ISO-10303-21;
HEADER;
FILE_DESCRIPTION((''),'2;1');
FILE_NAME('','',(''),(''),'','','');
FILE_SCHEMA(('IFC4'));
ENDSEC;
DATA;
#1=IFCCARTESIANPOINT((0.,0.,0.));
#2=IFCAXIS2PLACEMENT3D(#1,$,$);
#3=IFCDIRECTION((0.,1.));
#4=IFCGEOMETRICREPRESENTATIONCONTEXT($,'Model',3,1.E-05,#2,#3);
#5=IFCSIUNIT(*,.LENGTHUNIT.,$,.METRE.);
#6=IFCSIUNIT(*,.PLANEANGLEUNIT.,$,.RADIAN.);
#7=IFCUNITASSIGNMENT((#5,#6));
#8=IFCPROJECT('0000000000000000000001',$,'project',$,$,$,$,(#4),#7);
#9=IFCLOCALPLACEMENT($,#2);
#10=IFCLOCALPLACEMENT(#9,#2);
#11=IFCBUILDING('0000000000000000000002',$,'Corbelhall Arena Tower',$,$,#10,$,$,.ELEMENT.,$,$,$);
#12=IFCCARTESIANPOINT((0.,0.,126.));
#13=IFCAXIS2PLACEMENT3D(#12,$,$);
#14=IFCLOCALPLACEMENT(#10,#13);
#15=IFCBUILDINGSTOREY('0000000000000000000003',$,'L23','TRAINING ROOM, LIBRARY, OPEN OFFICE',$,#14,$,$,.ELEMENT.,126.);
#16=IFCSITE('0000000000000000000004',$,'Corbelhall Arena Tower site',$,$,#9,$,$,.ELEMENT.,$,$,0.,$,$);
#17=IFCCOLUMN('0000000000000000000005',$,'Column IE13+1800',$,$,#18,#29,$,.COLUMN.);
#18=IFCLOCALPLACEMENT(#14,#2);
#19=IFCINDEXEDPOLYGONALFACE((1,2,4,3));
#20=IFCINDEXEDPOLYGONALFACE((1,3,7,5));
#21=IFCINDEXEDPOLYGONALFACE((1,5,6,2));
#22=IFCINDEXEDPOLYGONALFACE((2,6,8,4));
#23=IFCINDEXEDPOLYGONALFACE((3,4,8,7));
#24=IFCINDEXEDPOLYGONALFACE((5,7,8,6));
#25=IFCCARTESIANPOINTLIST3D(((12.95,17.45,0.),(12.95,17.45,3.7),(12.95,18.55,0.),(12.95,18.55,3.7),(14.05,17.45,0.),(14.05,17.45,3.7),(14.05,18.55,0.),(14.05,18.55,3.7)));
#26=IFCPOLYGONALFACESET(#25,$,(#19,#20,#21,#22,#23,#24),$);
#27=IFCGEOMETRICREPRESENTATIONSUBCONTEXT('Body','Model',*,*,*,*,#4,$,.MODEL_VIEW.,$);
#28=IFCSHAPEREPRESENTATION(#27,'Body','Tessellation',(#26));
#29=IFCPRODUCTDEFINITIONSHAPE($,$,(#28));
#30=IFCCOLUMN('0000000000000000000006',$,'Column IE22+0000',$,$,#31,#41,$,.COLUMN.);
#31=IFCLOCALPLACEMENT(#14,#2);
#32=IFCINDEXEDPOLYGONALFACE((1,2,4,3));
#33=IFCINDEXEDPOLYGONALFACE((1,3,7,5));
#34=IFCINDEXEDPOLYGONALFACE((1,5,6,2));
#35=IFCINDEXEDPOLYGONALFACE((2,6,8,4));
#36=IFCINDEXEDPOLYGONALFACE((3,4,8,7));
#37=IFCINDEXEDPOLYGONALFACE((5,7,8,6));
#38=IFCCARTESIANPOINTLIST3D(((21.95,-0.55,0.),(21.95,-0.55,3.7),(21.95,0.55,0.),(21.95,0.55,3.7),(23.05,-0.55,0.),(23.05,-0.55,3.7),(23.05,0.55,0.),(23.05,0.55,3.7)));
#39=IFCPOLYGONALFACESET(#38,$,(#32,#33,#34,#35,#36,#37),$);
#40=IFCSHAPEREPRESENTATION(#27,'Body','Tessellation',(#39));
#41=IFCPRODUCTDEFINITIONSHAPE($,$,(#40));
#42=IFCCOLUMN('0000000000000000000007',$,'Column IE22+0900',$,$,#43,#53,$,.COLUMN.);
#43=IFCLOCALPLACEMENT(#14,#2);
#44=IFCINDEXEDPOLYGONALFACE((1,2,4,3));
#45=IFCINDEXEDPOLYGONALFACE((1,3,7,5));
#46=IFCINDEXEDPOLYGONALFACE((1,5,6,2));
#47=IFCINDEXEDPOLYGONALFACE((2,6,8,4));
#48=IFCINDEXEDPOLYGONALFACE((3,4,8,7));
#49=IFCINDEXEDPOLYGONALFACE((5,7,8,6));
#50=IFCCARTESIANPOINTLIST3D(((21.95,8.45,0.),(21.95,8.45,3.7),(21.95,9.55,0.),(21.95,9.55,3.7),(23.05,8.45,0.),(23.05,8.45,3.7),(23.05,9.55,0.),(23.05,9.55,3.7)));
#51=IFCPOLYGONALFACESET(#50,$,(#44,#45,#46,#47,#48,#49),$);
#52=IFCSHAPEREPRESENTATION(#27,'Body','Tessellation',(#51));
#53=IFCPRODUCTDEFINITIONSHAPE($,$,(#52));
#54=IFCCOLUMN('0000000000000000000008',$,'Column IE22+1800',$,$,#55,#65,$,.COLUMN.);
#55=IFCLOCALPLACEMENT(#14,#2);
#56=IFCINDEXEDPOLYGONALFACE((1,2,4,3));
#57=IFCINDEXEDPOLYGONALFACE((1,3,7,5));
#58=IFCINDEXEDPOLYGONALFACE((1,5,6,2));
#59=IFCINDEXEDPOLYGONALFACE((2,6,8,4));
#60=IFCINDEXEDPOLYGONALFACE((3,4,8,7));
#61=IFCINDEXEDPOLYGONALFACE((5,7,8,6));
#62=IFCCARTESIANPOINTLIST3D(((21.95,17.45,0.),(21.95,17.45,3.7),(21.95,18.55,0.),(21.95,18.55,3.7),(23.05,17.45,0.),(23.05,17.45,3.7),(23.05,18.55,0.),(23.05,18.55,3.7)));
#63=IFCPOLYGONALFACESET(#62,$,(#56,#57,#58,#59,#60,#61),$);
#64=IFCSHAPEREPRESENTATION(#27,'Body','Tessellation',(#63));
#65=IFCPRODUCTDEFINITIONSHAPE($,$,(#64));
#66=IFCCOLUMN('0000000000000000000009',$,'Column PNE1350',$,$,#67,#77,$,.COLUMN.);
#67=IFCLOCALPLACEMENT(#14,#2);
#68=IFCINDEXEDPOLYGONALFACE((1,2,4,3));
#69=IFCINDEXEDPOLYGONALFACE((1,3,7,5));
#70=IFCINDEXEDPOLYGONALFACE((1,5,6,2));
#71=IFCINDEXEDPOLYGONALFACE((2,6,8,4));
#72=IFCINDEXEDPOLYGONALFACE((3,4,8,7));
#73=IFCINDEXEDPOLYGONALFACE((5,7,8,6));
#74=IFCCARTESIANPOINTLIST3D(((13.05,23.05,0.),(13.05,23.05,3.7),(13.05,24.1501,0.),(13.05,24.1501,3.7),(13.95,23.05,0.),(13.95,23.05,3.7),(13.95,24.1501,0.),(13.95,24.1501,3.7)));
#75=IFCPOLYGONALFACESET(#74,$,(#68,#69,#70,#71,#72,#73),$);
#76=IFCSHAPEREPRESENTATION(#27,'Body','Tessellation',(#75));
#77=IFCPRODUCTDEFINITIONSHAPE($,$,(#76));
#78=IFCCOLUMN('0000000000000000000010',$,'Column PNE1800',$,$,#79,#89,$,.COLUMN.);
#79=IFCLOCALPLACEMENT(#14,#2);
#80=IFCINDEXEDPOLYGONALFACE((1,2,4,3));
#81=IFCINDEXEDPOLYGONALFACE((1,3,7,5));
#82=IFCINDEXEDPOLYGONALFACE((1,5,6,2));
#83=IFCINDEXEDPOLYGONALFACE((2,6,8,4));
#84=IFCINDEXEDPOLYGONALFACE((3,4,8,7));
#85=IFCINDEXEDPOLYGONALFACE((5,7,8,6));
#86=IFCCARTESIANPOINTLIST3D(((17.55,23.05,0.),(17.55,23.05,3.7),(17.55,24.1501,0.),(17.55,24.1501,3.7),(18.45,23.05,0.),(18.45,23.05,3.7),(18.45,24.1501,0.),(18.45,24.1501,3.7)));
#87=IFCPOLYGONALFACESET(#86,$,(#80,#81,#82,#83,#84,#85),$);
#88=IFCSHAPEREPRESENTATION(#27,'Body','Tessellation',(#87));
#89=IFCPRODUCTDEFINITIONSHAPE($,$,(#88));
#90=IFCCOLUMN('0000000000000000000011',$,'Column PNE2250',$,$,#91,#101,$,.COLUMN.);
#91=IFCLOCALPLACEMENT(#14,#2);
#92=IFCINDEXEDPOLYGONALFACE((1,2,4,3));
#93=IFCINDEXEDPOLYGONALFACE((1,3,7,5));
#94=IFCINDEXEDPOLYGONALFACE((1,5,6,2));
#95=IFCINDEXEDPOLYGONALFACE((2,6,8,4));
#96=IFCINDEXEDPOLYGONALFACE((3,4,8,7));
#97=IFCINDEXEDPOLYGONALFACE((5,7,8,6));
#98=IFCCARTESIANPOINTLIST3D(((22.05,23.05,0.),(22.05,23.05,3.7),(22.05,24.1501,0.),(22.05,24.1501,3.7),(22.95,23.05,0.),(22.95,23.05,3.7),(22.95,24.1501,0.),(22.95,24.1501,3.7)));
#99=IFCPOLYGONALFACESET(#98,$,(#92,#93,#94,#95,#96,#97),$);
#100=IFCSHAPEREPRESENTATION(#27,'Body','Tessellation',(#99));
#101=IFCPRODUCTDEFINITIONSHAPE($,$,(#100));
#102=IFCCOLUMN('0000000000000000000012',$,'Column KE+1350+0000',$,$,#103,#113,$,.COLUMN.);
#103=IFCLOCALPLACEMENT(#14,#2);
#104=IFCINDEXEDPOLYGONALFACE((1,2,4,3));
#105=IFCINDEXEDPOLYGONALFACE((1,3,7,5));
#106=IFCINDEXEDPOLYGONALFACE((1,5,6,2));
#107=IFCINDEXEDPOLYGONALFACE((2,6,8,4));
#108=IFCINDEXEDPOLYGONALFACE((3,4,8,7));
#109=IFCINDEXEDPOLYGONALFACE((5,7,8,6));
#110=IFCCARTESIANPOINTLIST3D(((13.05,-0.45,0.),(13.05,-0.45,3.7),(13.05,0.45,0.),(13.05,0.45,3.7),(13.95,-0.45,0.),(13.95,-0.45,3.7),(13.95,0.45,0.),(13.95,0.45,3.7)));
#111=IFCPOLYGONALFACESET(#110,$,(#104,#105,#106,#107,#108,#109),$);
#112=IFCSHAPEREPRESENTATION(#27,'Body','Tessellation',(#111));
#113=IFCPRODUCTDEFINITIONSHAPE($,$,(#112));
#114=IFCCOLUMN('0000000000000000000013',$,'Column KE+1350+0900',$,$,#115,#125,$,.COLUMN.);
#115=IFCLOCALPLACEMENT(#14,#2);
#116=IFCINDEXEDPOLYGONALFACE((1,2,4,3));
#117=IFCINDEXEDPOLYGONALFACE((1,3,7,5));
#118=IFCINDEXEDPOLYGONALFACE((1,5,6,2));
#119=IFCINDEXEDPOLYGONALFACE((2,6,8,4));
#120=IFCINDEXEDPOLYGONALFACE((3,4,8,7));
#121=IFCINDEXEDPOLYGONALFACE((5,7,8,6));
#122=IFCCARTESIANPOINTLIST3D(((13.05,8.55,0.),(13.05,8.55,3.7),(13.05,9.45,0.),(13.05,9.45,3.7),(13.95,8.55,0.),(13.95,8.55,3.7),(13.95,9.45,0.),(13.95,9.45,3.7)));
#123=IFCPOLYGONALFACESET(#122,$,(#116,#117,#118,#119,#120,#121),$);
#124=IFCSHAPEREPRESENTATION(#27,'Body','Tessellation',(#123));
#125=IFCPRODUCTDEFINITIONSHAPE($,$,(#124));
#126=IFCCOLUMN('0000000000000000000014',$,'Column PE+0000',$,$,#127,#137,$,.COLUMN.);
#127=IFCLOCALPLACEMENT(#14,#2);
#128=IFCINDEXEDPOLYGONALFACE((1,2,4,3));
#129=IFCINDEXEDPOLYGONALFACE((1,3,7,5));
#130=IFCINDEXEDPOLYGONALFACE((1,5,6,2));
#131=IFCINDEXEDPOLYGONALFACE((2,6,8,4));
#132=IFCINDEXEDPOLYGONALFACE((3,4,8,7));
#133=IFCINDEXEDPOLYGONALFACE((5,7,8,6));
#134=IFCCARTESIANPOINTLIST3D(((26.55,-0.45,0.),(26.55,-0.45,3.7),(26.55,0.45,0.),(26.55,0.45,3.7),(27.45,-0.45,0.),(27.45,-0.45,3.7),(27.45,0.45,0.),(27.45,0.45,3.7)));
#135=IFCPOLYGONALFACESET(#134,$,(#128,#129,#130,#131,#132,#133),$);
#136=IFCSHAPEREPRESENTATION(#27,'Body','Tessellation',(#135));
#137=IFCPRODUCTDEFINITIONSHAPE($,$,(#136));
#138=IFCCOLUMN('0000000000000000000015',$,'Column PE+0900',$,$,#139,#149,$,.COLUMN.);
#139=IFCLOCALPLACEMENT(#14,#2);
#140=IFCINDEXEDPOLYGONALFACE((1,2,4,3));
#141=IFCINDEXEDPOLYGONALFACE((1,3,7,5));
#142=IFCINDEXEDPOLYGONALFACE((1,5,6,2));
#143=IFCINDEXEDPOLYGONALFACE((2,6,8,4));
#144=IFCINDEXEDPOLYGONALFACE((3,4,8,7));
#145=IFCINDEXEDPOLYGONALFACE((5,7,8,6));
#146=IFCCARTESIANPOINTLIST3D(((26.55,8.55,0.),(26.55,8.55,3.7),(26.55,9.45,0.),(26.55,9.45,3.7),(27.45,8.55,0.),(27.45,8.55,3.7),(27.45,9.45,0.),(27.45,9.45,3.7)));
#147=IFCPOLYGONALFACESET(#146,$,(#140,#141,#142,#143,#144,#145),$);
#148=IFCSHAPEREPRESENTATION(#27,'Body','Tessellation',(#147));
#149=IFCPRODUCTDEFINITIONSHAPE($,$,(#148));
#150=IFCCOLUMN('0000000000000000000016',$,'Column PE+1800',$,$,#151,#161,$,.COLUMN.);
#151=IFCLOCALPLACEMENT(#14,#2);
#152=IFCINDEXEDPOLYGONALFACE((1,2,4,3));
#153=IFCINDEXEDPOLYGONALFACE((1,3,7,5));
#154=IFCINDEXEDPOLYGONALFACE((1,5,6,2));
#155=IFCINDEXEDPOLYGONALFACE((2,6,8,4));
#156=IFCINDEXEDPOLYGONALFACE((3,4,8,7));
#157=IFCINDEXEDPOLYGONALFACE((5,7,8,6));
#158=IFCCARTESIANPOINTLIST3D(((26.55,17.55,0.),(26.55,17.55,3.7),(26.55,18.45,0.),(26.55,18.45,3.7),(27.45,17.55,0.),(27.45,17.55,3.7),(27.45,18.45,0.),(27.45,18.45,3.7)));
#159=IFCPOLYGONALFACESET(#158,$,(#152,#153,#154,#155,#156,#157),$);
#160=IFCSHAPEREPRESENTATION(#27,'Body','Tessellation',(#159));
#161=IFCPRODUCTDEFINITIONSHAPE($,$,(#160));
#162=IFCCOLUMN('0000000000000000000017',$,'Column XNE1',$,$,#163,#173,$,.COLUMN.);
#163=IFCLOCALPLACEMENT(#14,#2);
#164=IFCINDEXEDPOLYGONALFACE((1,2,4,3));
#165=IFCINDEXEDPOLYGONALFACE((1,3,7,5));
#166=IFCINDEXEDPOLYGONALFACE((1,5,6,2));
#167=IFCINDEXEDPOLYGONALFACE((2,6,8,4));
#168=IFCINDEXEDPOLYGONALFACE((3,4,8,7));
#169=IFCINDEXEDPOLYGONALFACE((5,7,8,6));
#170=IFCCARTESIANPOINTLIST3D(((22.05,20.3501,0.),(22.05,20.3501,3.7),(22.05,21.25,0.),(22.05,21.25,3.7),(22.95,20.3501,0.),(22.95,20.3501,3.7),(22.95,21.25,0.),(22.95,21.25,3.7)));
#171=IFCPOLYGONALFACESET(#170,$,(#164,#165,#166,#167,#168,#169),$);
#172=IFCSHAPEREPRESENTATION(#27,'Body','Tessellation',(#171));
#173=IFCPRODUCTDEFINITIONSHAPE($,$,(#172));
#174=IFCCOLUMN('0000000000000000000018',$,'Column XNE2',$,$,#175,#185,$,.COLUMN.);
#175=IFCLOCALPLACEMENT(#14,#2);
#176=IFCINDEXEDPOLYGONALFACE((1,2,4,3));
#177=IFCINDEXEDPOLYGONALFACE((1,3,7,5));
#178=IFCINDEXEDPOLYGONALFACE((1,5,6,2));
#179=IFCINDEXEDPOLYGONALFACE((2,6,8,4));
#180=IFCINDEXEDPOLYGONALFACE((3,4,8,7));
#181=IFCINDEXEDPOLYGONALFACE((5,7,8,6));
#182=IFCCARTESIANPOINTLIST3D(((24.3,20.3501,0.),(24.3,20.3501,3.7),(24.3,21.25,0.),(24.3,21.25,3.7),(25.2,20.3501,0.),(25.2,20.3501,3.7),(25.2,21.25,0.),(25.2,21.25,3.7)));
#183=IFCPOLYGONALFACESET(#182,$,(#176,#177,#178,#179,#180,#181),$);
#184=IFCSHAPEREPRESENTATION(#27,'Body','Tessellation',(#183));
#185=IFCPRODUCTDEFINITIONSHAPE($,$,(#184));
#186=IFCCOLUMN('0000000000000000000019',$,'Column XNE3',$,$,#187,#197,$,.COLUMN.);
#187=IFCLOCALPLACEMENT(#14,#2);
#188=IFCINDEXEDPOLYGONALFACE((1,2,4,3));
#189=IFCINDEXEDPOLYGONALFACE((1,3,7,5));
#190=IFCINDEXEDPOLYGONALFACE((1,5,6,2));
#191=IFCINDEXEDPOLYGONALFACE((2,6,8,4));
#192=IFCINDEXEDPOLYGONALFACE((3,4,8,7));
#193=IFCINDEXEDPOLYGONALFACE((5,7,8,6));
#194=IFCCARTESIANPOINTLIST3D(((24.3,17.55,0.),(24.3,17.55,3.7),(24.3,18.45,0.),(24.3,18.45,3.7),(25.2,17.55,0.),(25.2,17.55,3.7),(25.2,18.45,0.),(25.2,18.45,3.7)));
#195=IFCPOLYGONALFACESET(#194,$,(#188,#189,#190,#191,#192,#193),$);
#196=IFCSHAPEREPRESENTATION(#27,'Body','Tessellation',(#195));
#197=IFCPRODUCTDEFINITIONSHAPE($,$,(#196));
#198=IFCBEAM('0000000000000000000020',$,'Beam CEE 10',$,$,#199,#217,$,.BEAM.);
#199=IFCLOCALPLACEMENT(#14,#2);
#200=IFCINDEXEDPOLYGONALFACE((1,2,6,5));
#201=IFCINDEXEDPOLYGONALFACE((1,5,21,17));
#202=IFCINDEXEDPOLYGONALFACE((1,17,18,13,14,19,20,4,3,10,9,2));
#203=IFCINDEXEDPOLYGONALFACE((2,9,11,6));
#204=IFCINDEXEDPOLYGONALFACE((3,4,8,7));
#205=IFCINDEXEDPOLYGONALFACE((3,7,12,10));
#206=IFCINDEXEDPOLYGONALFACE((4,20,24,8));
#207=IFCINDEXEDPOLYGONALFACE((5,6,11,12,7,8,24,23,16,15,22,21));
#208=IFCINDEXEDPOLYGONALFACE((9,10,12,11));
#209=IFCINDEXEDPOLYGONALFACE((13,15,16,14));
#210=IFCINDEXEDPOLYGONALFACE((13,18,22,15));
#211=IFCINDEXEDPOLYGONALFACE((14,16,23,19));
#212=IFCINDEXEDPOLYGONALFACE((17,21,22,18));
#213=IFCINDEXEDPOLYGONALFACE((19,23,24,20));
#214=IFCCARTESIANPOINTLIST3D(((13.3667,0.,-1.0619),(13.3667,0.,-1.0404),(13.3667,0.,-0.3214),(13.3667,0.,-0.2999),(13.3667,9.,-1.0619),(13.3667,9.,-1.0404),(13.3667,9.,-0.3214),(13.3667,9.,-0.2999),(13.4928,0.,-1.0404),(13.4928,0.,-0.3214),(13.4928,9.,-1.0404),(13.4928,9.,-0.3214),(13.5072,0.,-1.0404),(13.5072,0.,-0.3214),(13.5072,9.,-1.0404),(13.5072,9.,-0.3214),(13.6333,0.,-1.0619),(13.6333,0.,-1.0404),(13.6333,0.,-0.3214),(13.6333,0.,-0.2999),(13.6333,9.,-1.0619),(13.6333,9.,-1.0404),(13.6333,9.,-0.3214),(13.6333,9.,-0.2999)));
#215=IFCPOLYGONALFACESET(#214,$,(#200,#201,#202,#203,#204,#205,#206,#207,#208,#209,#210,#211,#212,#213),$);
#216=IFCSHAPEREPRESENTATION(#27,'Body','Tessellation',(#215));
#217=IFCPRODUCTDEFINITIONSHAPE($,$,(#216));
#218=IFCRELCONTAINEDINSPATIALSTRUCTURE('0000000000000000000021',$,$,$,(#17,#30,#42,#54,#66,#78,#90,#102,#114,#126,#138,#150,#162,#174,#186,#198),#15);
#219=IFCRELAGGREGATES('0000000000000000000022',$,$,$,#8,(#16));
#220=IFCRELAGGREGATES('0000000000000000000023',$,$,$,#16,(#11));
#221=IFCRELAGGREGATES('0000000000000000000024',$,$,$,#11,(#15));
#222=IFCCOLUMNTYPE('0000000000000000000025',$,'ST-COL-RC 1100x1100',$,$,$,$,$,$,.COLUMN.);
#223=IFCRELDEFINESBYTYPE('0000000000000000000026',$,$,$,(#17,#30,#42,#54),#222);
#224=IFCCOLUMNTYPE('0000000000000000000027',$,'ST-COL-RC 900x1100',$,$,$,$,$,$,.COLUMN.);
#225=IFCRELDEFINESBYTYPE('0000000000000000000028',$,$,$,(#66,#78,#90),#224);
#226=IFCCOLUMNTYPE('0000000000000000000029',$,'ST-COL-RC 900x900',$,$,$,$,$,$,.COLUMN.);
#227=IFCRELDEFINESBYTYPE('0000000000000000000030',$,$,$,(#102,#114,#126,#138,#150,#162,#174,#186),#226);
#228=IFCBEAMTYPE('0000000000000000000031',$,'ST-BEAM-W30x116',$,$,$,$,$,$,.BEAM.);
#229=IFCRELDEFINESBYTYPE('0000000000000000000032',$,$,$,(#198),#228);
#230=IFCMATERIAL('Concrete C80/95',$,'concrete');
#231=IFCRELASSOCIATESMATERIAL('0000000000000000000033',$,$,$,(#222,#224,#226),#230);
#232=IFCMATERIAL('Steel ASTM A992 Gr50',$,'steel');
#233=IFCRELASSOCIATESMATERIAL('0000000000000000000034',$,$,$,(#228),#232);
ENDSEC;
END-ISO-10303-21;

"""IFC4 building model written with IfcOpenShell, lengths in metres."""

from ifc_helpers import new_model, si_unit, direction, frame, origin, origin_2d, place, context, subcontext, project, spatial, rectangle, i_section, extrude, material, material_profile, profile_set, type_object, element, save


model = new_model("IFC4")

# Units and contexts
model_context = context("Model", 3, precision=1e-05, world=origin(), true_north=direction((0.0, 1.0)))
body_context = subcontext(model_context, "Body", "Model", "MODEL_VIEW")
ifc_project = project(units=[si_unit("LENGTHUNIT", "METRE"), si_unit("PLANEANGLEUNIT", "RADIAN")], contexts=[model_context])

# Site, building, storey
site_placement = place(None, origin())
site = spatial("IfcSite", under=ifc_project, at=site_placement, Name="Corbelhall Arena Tower site", CompositionType="ELEMENT", RefElevation=0.0)
building_placement = place(site_placement, origin())
building = spatial("IfcBuilding", under=site, at=building_placement, Name="Corbelhall Arena Tower", CompositionType="ELEMENT")
storey_placement = place(building_placement, frame((0.0, 0.0, 126.0)))
storey = spatial("IfcBuildingStorey", under=building, at=storey_placement, Name="L23", Description="TRAINING ROOM, LIBRARY, OPEN OFFICE", CompositionType="ELEMENT", Elevation=126.0)

# Columns
ifc_material_1 = material(Name="Concrete C80/95", Category="concrete")
ifc_material_profile_1 = material_profile(ifc_material_1, rectangle(XDim=1.1001, YDim=1.1001, at=origin_2d()))
ifc_profile_set_1 = profile_set([ifc_material_profile_1], Name="Concrete C80/95")
column_type_1 = type_object("IfcColumnType", Name="ST-COL-RC 1100x1100", PredefinedType="COLUMN", material=ifc_profile_set_1)
for number, where, z_axis, x_axis, name in (
    (1, (13.5, 18.0, 0.0), (0.0, 0.0, 1.0), (1.0, 0.0, 0.0), "Column IE13+1800"),
    (2, (22.5, 0.0, 0.0), (0.0, 0.0, 1.0), (1.0, 0.0, 0.0), "Column IE22+0000"),
    (3, (22.5, 9.0, 0.0), (0.0, 0.0, 1.0), (1.0, 0.0, 0.0), "Column IE22+0900"),
    (4, (22.5, 18.0, 0.0), (0.0, 0.0, 1.0), (1.0, 0.0, 0.0), "Column IE22+1800"),
):
    element("IfcColumn", number, at=place(storey_placement, frame(where, z_axis=z_axis, x_axis=x_axis)), inside=storey, type_object=column_type_1, Name=name, PredefinedType="COLUMN", context=body_context, shape_type="SweptSolid", body=[
        extrude(rectangle(XDim=1.1001, YDim=1.1001, at=origin_2d()), origin(), (0.0, 0.0, 1.0), 3.7),
    ])
ifc_material_profile_2 = material_profile(ifc_material_1, rectangle(XDim=0.8999, YDim=1.1001, at=origin_2d()))
ifc_profile_set_2 = profile_set([ifc_material_profile_2], Name="Concrete C80/95")
column_type_2 = type_object("IfcColumnType", Name="ST-COL-RC 900x1100", PredefinedType="COLUMN", material=ifc_profile_set_2)
for number, where, z_axis, x_axis, name in (
    (5, (13.5, 23.6001, 0.0), (0.0, 0.0, 1.0), (1.0, 0.0, 0.0), "Column PNE1350"),
    (6, (18.0, 23.6001, 0.0), (0.0, 0.0, 1.0), (1.0, 0.0, 0.0), "Column PNE1800"),
    (7, (22.5, 23.6001, 0.0), (0.0, 0.0, 1.0), (1.0, 0.0, 0.0), "Column PNE2250"),
):
    element("IfcColumn", number, at=place(storey_placement, frame(where, z_axis=z_axis, x_axis=x_axis)), inside=storey, type_object=column_type_2, Name=name, PredefinedType="COLUMN", context=body_context, shape_type="SweptSolid", body=[
        extrude(rectangle(XDim=0.8999, YDim=1.1001, at=origin_2d()), origin(), (0.0, 0.0, 1.0), 3.7),
    ])
ifc_material_profile_3 = material_profile(ifc_material_1, rectangle(XDim=0.8999, YDim=0.8999, at=origin_2d()))
ifc_profile_set_3 = profile_set([ifc_material_profile_3], Name="Concrete C80/95")
column_type_3 = type_object("IfcColumnType", Name="ST-COL-RC 900x900", PredefinedType="COLUMN", material=ifc_profile_set_3)
for number, where, z_axis, x_axis, name in (
    (8, (13.5, 0.0, 0.0), (0.0, 0.0, 1.0), (1.0, 0.0, 0.0), "Column KE+1350+0000"),
    (9, (13.5, 9.0, 0.0), (0.0, 0.0, 1.0), (1.0, 0.0, 0.0), "Column KE+1350+0900"),
    (10, (27.0, 0.0, 0.0), (0.0, 0.0, 1.0), (1.0, 0.0, 0.0), "Column PE+0000"),
    (11, (27.0, 9.0, 0.0), (0.0, 0.0, 1.0), (1.0, 0.0, 0.0), "Column PE+0900"),
    (12, (27.0, 18.0, 0.0), (0.0, 0.0, 1.0), (1.0, 0.0, 0.0), "Column PE+1800"),
    (13, (22.5, 20.8, 0.0), (0.0, 0.0, 1.0), (1.0, 0.0, 0.0), "Column XNE1"),
    (14, (24.75, 20.8, 0.0), (0.0, 0.0, 1.0), (1.0, 0.0, 0.0), "Column XNE2"),
    (15, (24.75, 18.0, 0.0), (0.0, 0.0, 1.0), (1.0, 0.0, 0.0), "Column XNE3"),
):
    element("IfcColumn", number, at=place(storey_placement, frame(where, z_axis=z_axis, x_axis=x_axis)), inside=storey, type_object=column_type_3, Name=name, PredefinedType="COLUMN", context=body_context, shape_type="SweptSolid", body=[
        extrude(rectangle(XDim=0.8999, YDim=0.8999, at=origin_2d()), origin(), (0.0, 0.0, 1.0), 3.7),
    ])

# Beam
ifc_material_2 = material(Name="Steel ASTM A992 Gr50", Category="steel")
ifc_material_profile_4 = material_profile(ifc_material_2, i_section(OverallWidth=0.2666, OverallDepth=0.762, WebThickness=0.0144, FlangeThickness=0.0215, at=origin_2d()))
ifc_profile_set_4 = profile_set([ifc_material_profile_4], Name="Steel ASTM A992 Gr50")
beam_type = type_object("IfcBeamType", Name="ST-BEAM-W30x116", PredefinedType="BEAM", material=ifc_profile_set_4)
beam_placement = place(storey_placement, frame((13.5, 0.0, -0.6809), z_axis=(0.0, 1.0, 0.0), x_axis=(-1.0, 0.0, 0.0)))
element("IfcBeam", 16, at=beam_placement, inside=storey, type_object=beam_type, Name="Beam CEE 10", PredefinedType="BEAM", context=body_context, shape_type="SweptSolid", body=[
    extrude(i_section(OverallWidth=0.2666, OverallDepth=0.762, WebThickness=0.0144, FlangeThickness=0.0215, at=origin_2d()), origin(), (0.0, 0.0, 1.0), 9.0),
])

save(model, "model.ifc")
